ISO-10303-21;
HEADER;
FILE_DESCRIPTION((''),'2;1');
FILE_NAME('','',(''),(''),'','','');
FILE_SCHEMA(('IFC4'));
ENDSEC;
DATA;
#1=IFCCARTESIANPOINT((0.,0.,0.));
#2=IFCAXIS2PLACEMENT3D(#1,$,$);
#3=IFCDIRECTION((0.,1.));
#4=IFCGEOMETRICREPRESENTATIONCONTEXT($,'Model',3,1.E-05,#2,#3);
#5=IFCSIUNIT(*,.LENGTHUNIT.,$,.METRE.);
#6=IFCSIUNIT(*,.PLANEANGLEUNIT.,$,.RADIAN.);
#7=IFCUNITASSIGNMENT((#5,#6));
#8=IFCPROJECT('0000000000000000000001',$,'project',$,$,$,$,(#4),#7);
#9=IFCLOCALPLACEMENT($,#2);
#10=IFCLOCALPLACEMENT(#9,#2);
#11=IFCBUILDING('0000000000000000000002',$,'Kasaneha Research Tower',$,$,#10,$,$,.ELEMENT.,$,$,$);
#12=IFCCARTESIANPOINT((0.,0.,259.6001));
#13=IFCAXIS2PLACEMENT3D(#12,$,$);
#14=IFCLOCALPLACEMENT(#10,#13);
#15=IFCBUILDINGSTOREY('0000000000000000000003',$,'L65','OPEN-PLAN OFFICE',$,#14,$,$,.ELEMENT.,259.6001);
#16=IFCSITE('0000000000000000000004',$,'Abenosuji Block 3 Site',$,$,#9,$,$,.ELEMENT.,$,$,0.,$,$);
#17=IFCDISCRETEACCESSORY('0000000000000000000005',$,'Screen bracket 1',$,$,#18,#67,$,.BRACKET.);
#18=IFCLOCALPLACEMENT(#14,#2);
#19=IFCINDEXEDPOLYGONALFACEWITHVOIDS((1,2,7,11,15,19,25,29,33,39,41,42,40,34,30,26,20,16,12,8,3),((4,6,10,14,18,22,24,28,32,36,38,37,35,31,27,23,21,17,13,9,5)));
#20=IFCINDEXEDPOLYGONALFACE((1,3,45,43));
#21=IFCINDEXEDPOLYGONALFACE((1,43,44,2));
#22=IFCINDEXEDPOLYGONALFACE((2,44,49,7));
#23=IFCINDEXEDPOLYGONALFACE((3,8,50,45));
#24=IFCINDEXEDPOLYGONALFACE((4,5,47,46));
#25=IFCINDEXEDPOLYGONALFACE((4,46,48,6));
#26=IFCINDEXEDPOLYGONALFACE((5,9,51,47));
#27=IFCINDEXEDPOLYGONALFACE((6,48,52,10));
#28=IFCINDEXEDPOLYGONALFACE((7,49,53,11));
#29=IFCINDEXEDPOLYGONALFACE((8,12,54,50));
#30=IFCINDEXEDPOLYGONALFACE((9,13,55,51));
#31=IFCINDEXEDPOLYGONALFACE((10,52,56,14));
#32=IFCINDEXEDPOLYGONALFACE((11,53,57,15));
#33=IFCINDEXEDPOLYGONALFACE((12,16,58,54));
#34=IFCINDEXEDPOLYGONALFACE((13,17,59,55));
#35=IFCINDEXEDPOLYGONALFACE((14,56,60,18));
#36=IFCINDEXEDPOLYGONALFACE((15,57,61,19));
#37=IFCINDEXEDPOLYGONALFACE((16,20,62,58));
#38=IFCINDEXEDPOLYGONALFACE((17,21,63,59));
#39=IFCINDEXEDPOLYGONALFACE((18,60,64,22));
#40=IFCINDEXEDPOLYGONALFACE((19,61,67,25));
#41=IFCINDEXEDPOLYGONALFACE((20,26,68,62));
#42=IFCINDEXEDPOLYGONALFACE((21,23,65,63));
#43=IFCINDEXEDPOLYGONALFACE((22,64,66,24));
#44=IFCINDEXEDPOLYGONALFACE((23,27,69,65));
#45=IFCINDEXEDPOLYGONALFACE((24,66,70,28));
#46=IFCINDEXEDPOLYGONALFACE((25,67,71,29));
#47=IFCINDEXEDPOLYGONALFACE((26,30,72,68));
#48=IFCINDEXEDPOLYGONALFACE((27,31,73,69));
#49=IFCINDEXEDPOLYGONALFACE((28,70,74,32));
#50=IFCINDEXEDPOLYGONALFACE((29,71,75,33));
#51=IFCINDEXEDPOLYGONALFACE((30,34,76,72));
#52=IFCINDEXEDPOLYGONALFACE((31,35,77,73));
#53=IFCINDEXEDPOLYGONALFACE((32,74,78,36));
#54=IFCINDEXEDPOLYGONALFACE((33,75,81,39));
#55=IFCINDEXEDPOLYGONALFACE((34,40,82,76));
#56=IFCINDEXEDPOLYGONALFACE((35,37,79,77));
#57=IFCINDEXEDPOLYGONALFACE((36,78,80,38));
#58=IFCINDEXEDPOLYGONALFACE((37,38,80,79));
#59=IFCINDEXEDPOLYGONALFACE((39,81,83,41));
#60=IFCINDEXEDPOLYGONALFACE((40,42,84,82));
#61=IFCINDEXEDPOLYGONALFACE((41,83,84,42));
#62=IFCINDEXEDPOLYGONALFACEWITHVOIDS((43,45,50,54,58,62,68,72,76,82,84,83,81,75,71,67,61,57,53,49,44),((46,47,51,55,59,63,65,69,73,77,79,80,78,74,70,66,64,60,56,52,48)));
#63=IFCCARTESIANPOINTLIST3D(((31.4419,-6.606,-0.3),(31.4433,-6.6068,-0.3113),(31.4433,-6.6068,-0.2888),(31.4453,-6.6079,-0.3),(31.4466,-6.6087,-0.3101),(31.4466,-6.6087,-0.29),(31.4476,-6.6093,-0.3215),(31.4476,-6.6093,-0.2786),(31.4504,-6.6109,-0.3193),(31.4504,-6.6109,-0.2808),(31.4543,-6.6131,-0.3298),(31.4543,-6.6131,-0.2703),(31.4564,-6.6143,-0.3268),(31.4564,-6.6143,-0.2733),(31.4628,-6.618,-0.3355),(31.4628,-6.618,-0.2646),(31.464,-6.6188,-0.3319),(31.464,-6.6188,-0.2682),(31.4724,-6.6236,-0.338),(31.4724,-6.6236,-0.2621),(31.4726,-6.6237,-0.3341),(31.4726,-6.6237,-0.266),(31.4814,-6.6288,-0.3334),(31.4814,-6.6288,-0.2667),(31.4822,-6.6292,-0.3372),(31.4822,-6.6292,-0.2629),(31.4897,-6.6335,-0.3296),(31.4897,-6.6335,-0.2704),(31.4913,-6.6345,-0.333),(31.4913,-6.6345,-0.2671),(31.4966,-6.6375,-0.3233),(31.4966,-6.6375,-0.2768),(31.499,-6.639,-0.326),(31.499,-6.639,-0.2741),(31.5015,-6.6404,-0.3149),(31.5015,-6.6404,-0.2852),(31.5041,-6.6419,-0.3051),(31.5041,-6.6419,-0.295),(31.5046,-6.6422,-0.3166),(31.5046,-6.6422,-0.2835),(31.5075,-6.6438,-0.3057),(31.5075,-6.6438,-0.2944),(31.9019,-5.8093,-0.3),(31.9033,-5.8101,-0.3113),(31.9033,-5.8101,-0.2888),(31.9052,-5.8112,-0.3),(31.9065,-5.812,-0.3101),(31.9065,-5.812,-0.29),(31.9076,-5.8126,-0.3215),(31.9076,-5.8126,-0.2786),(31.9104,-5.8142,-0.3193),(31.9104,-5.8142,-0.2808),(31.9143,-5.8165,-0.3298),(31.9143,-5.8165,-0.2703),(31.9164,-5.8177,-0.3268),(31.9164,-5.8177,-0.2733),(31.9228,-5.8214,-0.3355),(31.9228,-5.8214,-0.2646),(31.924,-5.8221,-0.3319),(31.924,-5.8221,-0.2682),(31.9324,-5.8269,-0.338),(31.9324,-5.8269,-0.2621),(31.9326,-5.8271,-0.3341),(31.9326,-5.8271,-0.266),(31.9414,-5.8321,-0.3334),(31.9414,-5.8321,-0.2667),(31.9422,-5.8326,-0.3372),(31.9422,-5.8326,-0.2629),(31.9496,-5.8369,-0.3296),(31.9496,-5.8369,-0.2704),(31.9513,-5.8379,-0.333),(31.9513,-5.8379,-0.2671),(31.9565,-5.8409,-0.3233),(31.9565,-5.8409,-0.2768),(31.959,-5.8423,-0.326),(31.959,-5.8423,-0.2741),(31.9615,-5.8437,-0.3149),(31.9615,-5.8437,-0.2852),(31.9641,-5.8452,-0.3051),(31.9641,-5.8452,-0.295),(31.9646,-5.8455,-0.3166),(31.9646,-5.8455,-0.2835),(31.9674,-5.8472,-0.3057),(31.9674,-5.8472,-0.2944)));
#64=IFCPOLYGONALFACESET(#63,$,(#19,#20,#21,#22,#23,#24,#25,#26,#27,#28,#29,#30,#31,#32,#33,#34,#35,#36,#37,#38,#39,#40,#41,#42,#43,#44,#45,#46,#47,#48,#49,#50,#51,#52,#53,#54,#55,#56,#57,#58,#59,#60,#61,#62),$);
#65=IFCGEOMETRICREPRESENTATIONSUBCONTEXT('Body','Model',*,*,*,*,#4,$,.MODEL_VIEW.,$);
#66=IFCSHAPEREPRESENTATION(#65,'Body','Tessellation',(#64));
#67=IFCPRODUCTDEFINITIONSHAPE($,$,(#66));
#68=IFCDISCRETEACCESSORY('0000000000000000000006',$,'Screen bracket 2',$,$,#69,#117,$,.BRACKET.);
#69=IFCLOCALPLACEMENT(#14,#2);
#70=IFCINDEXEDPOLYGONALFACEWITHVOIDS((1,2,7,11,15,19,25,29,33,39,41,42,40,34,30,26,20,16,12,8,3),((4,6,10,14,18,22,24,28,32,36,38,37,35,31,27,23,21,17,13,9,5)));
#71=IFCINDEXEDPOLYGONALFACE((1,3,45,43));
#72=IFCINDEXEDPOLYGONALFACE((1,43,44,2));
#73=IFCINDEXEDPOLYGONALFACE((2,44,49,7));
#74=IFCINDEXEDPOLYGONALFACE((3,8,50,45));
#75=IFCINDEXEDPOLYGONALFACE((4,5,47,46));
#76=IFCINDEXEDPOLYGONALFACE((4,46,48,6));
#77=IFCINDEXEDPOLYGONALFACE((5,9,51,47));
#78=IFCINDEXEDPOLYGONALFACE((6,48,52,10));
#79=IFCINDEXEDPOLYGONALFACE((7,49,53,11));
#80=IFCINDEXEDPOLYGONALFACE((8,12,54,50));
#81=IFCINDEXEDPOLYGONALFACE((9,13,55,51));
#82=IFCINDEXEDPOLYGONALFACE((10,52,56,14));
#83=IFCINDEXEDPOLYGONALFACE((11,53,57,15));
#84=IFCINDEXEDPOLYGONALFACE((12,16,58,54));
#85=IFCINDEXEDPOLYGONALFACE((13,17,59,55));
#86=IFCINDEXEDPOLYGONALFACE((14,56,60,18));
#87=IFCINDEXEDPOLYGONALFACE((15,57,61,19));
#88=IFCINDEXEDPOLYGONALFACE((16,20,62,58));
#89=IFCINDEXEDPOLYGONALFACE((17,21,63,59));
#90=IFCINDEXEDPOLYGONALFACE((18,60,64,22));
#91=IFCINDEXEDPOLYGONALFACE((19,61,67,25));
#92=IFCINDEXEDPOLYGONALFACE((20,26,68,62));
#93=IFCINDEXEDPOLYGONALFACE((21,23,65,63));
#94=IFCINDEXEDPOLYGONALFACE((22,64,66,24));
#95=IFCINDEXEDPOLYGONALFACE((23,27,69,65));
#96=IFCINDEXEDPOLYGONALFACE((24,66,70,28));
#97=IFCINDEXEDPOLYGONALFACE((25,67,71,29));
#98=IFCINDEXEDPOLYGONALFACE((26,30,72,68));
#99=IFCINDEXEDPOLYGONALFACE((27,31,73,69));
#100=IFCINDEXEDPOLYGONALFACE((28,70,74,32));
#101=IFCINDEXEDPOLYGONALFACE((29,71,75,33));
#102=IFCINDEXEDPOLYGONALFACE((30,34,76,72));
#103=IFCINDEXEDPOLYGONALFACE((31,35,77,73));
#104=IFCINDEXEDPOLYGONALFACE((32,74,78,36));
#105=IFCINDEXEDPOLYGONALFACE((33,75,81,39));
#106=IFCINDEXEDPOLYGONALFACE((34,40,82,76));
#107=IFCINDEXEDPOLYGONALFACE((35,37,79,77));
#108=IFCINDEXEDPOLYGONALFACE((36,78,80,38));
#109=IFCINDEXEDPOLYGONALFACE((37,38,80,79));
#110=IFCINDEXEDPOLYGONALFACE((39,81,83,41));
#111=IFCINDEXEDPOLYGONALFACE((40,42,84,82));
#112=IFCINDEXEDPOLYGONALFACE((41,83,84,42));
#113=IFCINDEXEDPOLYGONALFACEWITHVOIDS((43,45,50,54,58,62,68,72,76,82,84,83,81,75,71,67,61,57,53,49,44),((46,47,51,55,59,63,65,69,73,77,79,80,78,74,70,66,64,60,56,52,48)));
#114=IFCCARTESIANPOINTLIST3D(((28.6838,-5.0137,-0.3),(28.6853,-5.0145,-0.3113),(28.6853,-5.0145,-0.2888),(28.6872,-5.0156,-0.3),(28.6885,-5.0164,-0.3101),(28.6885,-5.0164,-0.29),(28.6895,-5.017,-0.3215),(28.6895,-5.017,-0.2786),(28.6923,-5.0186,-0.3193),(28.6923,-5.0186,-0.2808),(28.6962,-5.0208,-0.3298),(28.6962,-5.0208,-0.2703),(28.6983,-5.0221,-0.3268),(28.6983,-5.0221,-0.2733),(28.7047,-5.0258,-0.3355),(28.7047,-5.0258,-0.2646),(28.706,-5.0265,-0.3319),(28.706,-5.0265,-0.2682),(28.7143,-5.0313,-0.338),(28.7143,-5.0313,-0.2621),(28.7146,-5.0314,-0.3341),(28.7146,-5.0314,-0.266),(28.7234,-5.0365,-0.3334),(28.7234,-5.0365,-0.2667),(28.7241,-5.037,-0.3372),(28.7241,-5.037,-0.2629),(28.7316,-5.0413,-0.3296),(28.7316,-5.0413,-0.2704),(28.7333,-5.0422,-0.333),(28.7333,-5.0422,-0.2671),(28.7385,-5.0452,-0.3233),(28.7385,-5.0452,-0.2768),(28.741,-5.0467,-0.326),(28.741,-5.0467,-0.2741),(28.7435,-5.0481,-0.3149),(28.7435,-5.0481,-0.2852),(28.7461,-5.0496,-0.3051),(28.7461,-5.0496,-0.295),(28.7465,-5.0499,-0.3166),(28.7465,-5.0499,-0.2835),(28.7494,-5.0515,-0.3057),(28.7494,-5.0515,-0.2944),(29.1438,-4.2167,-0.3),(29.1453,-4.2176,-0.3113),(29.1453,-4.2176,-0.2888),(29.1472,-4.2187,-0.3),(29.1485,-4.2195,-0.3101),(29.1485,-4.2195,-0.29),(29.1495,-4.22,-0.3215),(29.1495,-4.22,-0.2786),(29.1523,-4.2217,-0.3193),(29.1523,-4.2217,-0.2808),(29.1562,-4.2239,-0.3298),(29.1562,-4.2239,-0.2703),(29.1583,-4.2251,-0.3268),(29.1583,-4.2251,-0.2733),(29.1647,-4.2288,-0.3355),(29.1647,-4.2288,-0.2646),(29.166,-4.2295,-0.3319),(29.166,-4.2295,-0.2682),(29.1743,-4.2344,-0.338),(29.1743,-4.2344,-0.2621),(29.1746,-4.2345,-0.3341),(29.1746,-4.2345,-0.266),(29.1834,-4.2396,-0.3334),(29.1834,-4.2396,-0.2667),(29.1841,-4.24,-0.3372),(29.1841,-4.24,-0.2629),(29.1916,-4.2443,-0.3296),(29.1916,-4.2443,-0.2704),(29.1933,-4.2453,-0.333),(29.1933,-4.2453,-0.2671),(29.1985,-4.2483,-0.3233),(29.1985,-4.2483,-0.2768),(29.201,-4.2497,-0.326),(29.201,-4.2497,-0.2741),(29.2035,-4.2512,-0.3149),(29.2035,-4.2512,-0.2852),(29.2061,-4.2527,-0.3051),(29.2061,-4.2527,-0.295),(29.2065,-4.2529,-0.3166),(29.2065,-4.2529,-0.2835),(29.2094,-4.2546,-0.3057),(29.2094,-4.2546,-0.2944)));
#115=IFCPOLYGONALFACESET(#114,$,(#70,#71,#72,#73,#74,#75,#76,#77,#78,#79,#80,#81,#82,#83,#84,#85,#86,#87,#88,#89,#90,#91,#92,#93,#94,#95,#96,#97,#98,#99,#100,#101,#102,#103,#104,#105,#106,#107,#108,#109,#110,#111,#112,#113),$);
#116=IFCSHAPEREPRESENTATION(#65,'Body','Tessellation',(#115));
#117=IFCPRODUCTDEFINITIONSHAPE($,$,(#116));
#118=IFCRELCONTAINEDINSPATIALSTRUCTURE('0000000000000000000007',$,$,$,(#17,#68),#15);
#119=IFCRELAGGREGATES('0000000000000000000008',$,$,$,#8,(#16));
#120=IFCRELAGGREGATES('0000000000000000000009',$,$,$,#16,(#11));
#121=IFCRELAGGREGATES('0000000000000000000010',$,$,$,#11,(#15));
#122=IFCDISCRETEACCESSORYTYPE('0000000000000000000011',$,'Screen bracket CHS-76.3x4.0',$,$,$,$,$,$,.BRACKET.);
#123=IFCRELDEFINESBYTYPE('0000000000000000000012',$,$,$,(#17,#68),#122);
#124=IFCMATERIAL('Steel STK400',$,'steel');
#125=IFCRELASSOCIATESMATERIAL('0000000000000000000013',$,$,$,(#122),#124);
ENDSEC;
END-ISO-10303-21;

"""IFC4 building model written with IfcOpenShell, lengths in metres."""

from ifc_helpers import new_model, si_unit, direction, frame, origin, origin_2d, place, context, subcontext, project, spatial, hollow_circle, extrude, material, material_profile, profile_set, type_object, element, save


model = new_model("IFC4")

# Units and contexts
model_context = context("Model", 3, precision=1e-05, world=origin(), true_north=direction((0.0, 1.0)))
body_context = subcontext(model_context, "Body", "Model", "MODEL_VIEW")
ifc_project = project(units=[si_unit("LENGTHUNIT", "METRE"), si_unit("PLANEANGLEUNIT", "RADIAN")], contexts=[model_context])

# Site, building, storey
site_placement = place(None, origin())
site = spatial("IfcSite", under=ifc_project, at=site_placement, Name="Abenosuji Block 3 Site", CompositionType="ELEMENT", RefElevation=0.0)
building_placement = place(site_placement, origin())
building = spatial("IfcBuilding", under=site, at=building_placement, Name="Kasaneha Research Tower", CompositionType="ELEMENT")
storey_placement = place(building_placement, frame((0.0, 0.0, 259.6001)))
storey = spatial("IfcBuildingStorey", under=building, at=storey_placement, Name="L65", Description="OPEN-PLAN OFFICE", CompositionType="ELEMENT", Elevation=259.6001)

# Discrete accessories
ifc_material_1 = material(Name="Steel STK400", Category="steel")
ifc_material_profile_1 = material_profile(ifc_material_1, hollow_circle(Radius=0.0381, WallThickness=0.0039, at=origin_2d()), Name="CHS-76.3x4.0")
ifc_profile_set_1 = profile_set([ifc_material_profile_1], Name="Steel STK400")
discrete_accessory_type = type_object("IfcDiscreteAccessoryType", Name="Screen bracket CHS-76.3x4.0", PredefinedType="BRACKET", material=ifc_profile_set_1)
discrete_accessory_1_placement = place(storey_placement, frame((31.4749, -6.625, -0.3), z_axis=(0.500021, 0.866013, 0.0), x_axis=(-0.866013, 0.500021, 0.0)))
element("IfcDiscreteAccessory", 1, at=discrete_accessory_1_placement, inside=storey, type_object=discrete_accessory_type, Name="Screen bracket 1", PredefinedType="BRACKET", context=body_context, shape_type="SweptSolid", body=[
    extrude(hollow_circle(Radius=0.0381, WallThickness=0.0039, at=origin_2d()), origin(), (0.0, 0.0, 1.0), 0.9199),
])
discrete_accessory_2_placement = place(storey_placement, frame((28.7168, -5.0327, -0.3), z_axis=(0.499906, 0.86608, 0.0), x_axis=(-0.86608, 0.499906, 0.0)))
element("IfcDiscreteAccessory", 2, at=discrete_accessory_2_placement, inside=storey, type_object=discrete_accessory_type, Name="Screen bracket 2", PredefinedType="BRACKET", context=body_context, shape_type="SweptSolid", body=[
    extrude(hollow_circle(Radius=0.0381, WallThickness=0.0039, at=origin_2d()), origin(), (0.0, 0.0, 1.0), 0.9202),
])

save(model, "model.ifc")
